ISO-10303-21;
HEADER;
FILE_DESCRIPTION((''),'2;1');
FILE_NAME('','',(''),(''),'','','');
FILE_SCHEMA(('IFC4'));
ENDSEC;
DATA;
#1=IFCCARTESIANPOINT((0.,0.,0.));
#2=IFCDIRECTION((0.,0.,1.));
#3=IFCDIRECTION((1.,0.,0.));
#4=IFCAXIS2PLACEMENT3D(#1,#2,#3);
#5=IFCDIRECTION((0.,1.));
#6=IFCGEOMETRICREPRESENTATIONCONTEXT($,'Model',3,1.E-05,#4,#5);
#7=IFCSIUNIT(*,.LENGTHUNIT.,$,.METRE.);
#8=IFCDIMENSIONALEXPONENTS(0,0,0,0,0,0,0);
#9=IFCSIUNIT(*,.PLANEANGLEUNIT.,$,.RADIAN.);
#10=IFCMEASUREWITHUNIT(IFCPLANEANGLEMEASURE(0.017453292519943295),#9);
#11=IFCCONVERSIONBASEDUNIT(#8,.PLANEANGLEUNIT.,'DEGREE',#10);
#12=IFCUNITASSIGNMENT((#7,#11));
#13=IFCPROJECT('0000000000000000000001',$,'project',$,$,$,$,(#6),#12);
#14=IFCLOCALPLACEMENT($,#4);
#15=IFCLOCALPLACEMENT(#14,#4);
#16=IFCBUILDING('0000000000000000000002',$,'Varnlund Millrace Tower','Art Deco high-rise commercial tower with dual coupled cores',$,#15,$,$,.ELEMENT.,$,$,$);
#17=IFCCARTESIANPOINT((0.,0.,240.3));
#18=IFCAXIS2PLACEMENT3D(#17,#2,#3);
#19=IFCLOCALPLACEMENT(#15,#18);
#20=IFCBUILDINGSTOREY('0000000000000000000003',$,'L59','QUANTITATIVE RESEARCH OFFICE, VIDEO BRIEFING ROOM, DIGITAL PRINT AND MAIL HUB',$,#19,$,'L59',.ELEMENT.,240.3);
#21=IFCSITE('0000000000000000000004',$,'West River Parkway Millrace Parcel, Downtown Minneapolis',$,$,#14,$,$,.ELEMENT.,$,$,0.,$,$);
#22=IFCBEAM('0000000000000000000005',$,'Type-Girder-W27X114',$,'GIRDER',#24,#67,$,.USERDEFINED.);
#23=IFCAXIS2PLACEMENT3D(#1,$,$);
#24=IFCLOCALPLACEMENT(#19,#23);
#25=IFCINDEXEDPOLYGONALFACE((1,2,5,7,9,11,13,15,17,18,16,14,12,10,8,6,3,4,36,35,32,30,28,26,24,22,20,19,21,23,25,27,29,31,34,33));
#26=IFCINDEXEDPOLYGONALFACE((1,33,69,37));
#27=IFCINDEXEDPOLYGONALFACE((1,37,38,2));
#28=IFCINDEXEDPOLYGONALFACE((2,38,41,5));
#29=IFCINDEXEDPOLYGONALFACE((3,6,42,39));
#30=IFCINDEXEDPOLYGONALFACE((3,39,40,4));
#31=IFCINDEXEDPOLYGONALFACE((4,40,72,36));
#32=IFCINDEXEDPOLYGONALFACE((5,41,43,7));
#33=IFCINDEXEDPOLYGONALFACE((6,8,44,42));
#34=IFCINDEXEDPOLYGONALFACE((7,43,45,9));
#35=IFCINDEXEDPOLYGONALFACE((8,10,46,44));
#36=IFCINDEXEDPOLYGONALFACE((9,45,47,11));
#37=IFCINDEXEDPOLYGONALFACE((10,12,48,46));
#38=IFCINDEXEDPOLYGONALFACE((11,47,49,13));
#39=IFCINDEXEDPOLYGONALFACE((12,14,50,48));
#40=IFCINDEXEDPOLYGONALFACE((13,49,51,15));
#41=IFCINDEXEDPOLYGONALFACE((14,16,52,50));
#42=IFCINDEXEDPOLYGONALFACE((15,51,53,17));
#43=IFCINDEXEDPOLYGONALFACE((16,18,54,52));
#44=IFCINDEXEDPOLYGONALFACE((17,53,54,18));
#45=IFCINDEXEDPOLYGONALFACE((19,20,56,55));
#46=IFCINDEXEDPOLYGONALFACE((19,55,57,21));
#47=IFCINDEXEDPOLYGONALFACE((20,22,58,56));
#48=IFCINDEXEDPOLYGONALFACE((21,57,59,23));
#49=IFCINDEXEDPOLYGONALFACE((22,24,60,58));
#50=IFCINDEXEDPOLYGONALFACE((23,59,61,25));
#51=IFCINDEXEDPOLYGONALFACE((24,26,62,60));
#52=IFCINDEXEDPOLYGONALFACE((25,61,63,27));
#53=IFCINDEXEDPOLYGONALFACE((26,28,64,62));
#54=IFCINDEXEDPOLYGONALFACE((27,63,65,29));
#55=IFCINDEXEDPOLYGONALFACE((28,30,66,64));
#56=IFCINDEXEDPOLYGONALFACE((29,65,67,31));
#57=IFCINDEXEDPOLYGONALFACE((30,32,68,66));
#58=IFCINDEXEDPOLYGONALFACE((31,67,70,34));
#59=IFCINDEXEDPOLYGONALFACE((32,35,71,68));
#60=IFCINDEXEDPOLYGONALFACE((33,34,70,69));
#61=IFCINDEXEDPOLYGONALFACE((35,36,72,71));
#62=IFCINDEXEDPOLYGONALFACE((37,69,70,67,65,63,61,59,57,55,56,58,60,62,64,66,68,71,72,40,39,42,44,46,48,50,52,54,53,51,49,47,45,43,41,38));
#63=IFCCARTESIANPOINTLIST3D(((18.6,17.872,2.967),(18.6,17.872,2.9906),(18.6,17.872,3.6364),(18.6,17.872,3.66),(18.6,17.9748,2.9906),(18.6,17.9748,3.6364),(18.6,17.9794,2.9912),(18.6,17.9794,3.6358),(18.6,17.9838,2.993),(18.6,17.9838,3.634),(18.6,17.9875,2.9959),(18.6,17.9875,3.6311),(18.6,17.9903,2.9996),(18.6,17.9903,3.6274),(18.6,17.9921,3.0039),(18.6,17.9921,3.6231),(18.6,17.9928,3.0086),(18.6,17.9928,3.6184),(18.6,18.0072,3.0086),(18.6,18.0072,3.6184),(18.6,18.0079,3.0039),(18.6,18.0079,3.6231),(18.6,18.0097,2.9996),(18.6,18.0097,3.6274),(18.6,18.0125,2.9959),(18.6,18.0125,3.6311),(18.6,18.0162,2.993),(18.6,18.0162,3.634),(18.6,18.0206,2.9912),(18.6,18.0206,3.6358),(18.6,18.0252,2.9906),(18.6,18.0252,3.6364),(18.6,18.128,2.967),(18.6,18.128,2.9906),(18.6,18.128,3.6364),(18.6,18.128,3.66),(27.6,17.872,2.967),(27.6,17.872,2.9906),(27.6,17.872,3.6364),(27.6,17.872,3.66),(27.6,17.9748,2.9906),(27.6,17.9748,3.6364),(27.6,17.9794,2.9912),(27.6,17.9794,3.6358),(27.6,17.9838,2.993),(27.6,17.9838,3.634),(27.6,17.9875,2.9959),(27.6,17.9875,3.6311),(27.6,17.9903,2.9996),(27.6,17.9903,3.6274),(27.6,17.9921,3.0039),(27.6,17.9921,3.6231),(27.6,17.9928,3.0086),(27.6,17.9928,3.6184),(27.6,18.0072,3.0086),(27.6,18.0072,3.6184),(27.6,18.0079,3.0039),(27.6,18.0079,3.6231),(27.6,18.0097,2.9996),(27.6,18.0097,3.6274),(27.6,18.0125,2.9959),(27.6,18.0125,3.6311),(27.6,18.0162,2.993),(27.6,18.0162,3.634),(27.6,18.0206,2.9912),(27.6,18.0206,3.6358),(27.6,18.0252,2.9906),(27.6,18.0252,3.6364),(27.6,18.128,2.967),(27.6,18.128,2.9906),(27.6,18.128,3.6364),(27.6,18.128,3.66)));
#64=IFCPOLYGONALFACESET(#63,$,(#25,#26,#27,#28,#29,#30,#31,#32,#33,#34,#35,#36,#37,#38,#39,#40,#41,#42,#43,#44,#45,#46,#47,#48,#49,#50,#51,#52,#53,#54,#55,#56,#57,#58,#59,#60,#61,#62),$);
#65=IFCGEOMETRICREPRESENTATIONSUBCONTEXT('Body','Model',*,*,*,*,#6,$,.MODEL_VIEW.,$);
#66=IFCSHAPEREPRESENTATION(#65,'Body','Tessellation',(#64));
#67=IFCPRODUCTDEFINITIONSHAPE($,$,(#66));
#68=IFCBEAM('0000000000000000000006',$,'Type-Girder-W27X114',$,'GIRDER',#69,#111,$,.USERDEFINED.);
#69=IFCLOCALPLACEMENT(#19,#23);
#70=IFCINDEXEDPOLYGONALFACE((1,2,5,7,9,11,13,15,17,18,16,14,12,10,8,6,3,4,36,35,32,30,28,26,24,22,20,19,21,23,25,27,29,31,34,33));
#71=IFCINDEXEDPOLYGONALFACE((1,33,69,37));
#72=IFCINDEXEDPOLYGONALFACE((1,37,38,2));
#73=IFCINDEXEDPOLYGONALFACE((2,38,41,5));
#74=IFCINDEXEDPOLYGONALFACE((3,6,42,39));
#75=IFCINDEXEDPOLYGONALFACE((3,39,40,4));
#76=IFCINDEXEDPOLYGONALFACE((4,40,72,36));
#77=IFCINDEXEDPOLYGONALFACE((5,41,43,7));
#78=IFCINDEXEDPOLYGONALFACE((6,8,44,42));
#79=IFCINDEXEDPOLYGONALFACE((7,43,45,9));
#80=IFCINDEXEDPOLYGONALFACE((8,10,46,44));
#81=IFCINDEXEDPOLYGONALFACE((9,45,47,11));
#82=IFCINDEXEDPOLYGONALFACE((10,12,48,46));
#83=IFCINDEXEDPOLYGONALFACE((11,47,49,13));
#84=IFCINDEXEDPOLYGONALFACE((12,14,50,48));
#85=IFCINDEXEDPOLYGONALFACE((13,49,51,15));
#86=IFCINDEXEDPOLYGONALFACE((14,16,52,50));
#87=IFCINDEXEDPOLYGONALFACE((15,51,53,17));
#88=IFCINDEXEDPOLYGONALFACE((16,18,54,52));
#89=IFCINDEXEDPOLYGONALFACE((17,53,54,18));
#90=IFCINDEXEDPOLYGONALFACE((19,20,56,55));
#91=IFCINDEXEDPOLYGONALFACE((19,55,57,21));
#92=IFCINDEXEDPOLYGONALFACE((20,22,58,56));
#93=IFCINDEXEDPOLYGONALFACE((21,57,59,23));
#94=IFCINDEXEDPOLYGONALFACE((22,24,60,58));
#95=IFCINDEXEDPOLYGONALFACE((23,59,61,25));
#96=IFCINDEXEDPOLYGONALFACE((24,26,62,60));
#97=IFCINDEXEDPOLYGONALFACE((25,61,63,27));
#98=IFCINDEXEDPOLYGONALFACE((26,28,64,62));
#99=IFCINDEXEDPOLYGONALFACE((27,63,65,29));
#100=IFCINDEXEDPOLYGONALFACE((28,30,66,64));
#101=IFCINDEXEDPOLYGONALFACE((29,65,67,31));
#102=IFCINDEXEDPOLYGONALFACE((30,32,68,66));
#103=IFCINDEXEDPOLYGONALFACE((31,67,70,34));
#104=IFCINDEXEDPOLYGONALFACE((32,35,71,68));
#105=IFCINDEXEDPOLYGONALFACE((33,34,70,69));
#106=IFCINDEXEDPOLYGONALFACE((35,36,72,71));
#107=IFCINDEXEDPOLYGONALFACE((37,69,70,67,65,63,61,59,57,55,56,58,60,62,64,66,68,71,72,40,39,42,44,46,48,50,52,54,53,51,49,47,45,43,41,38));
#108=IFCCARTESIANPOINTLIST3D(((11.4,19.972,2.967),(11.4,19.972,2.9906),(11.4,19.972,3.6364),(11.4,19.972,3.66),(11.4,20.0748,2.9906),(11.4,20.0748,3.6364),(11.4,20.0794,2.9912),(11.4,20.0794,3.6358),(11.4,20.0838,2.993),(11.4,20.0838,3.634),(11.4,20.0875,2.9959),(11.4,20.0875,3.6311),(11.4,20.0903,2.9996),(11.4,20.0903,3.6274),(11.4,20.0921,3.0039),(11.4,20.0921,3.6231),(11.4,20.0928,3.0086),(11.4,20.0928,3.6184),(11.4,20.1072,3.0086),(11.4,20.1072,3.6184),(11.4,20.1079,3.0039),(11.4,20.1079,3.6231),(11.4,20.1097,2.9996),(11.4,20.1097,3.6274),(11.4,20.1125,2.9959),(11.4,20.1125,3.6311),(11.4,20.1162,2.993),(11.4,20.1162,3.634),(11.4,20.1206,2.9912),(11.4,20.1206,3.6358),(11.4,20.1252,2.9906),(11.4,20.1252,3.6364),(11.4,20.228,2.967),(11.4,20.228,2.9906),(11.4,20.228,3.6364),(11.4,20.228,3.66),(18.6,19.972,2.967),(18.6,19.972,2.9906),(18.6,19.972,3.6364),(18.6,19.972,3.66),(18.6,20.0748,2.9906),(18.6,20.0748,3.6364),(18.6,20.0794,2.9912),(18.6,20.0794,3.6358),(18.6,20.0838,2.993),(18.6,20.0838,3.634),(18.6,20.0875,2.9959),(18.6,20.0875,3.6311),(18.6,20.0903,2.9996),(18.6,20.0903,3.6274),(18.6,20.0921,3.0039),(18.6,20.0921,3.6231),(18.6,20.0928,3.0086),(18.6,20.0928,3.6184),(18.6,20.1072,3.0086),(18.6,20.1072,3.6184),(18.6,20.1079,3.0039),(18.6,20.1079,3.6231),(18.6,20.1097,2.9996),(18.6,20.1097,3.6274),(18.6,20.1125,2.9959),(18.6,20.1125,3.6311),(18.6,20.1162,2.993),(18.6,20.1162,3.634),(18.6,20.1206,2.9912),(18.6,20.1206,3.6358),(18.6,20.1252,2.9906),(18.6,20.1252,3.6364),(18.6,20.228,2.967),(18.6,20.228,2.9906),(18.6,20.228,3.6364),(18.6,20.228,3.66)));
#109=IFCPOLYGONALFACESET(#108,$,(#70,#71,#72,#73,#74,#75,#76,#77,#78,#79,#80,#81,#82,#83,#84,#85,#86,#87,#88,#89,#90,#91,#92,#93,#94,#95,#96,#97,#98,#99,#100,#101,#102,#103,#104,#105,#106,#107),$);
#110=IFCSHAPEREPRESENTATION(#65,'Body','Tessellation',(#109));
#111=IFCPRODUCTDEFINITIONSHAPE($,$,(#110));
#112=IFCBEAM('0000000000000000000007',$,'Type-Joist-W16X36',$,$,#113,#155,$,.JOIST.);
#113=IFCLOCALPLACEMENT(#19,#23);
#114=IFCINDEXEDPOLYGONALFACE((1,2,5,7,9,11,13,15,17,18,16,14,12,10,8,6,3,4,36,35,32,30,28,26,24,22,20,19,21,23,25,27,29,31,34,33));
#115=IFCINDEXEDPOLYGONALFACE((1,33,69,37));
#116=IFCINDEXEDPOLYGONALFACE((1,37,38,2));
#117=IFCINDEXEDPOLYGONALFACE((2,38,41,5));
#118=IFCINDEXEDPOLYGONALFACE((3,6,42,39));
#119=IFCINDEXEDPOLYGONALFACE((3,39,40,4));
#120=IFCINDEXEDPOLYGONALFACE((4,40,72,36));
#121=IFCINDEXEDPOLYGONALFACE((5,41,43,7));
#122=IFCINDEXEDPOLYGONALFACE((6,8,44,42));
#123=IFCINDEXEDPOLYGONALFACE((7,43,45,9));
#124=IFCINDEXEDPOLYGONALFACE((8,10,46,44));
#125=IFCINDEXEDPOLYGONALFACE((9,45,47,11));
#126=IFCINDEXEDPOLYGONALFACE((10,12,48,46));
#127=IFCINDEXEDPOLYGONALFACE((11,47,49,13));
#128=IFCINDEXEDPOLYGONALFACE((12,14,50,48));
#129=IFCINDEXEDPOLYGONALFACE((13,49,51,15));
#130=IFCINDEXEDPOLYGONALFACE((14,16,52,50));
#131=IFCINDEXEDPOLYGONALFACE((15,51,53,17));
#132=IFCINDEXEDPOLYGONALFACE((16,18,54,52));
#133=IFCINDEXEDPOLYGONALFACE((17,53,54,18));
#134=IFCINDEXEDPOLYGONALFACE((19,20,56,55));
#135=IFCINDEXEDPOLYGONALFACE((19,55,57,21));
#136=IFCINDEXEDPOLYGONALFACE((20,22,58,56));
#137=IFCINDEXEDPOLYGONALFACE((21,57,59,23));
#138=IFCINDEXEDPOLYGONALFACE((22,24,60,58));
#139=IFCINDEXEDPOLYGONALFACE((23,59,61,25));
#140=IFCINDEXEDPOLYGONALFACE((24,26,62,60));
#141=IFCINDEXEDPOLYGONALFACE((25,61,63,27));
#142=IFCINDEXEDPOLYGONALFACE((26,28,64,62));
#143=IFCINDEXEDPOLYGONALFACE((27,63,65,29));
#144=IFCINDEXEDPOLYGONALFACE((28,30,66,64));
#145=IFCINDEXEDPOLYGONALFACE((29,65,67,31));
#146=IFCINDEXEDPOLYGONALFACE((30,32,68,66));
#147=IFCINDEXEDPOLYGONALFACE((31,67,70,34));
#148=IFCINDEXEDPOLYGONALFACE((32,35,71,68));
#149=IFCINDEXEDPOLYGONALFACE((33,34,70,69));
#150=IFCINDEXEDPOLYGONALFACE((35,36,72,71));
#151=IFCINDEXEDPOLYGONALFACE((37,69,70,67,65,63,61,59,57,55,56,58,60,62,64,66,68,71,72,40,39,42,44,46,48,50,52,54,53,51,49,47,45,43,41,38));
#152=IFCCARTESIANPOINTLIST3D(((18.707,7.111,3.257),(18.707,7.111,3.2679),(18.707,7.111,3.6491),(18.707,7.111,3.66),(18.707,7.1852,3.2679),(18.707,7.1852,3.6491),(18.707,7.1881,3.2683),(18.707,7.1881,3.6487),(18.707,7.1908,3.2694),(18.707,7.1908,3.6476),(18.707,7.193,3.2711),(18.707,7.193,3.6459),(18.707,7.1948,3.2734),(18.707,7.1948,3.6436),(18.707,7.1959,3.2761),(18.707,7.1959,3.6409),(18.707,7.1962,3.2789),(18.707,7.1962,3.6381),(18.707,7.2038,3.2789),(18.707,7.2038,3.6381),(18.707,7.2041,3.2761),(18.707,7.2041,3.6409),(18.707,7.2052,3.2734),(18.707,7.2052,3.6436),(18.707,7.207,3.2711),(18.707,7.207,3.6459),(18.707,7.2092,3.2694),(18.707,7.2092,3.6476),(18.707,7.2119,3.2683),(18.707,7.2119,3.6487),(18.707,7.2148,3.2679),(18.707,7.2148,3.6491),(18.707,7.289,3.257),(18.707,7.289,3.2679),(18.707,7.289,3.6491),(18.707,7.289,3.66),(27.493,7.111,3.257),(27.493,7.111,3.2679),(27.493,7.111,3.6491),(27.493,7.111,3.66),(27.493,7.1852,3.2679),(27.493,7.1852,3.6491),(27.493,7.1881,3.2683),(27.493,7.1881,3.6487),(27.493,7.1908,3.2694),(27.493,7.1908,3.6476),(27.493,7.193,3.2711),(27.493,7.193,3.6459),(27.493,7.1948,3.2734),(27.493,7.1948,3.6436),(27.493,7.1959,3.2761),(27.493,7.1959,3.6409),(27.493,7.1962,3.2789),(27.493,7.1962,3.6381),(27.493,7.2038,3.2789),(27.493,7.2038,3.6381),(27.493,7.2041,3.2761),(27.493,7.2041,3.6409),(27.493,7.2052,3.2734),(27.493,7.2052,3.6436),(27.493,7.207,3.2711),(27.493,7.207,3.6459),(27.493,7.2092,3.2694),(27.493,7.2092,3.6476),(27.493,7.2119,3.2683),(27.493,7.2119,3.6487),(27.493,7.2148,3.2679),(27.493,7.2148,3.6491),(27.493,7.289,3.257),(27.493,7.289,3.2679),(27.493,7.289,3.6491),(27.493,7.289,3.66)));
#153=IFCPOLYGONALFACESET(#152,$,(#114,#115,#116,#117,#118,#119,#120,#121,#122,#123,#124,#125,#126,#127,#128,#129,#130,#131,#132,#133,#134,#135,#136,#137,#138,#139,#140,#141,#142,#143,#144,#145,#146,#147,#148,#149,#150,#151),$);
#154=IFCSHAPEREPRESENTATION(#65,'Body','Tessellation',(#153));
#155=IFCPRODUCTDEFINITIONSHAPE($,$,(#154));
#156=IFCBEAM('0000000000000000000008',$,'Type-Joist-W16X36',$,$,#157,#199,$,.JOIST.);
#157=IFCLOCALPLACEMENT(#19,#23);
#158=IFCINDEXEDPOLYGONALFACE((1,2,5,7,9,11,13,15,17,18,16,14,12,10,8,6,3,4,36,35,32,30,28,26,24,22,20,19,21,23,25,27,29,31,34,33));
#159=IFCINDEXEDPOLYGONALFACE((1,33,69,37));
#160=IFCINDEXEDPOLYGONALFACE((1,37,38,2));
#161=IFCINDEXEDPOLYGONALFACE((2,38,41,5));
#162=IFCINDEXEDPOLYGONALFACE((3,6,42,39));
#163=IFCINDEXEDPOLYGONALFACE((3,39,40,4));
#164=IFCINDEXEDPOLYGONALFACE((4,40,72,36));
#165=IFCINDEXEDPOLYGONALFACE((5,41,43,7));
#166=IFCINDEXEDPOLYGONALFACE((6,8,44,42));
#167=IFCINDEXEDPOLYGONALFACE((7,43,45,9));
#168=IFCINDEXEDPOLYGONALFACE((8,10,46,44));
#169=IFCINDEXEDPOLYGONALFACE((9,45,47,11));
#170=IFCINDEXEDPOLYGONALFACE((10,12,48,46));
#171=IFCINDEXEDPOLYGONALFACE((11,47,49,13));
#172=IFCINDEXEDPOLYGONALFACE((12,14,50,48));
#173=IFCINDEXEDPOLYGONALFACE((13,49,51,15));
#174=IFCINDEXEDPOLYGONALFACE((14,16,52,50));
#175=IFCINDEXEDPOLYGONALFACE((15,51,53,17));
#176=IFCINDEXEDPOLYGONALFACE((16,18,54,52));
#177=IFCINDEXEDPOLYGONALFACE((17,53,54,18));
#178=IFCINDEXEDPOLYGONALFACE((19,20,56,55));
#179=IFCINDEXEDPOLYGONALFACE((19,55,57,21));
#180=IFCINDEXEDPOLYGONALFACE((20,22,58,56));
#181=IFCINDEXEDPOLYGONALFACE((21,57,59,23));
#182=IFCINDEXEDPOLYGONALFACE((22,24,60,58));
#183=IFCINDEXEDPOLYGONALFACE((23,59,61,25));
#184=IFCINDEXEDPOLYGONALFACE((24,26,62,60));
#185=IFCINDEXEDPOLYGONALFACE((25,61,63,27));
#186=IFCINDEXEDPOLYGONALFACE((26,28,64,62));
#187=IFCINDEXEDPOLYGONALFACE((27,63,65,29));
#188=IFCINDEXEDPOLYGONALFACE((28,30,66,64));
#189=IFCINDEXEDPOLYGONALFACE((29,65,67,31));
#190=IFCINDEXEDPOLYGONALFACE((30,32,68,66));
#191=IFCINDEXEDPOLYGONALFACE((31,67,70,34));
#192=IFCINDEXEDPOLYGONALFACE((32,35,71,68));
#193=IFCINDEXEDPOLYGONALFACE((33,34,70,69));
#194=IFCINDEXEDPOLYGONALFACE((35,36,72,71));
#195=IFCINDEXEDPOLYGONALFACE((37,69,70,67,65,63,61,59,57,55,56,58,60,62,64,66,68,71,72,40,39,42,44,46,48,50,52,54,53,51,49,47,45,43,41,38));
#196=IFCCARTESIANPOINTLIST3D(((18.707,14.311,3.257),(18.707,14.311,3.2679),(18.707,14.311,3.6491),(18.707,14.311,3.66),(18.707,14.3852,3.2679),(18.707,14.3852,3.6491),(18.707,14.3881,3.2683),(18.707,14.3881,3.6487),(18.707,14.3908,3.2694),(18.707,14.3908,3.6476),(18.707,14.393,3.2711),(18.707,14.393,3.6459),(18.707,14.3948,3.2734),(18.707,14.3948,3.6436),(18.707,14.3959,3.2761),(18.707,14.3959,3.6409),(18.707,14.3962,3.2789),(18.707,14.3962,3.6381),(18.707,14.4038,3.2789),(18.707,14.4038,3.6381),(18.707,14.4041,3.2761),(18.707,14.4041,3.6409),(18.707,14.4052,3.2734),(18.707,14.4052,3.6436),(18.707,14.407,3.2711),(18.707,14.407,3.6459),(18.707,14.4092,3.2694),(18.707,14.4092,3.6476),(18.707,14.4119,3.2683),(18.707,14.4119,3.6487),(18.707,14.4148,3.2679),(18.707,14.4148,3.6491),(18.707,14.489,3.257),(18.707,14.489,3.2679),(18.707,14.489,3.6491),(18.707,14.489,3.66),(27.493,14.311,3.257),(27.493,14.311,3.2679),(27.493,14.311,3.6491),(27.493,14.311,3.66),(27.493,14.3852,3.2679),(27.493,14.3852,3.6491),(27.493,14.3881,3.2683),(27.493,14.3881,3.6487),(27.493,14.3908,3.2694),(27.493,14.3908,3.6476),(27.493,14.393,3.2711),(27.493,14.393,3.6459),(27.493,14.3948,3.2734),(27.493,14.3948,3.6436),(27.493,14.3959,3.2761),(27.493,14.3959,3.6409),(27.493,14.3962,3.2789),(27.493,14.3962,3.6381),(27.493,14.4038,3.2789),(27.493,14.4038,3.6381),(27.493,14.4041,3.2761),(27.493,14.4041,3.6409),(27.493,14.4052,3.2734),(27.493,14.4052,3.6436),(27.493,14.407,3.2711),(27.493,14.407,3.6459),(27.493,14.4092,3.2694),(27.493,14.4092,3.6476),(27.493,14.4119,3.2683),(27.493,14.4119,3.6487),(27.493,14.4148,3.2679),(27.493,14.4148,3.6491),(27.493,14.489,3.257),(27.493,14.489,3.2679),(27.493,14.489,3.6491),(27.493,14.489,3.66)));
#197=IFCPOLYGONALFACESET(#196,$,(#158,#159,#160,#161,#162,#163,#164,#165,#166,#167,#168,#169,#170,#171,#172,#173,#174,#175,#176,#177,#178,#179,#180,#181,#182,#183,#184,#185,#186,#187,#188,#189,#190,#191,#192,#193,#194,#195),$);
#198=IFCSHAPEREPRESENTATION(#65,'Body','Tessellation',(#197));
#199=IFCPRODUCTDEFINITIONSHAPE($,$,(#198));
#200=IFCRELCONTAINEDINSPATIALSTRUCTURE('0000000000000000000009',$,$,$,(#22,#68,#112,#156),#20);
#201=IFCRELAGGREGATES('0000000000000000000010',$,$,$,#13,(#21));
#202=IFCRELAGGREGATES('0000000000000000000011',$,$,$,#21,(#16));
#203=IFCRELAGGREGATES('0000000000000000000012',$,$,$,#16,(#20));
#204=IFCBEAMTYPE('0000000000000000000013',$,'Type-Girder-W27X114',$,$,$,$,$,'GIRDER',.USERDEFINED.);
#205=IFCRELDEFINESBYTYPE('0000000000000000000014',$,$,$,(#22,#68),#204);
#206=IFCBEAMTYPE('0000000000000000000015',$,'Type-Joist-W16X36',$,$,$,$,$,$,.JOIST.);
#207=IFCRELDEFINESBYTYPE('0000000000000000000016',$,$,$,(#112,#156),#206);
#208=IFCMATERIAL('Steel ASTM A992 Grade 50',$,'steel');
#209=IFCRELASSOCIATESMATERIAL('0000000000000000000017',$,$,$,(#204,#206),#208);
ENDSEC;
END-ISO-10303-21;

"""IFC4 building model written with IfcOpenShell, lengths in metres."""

from ifc_helpers import new_model, entity, si_unit, converted_unit, direction, frame, origin_with_axes, origin_2d_with_axis, place, context, subcontext, project, spatial, i_section, extrude, material, material_profile, profile_set, type_object, element, save


model = new_model("IFC4")

# Units and contexts
model_context = context("Model", 3, precision=1e-05, world=origin_with_axes(), true_north=direction((0.0, 1.0)))
body_context = subcontext(model_context, "Body", "Model", "MODEL_VIEW")
ifc_project = project(units=[si_unit("LENGTHUNIT", "METRE"), converted_unit("PLANEANGLEUNIT", "DEGREE", entity("IfcPlaneAngleMeasure", 0.017453292519943295), si_unit("PLANEANGLEUNIT", "RADIAN"), dimensions=[0, 0, 0, 0, 0, 0, 0])], contexts=[model_context])

# Site, building, storey
site_placement = place(None, origin_with_axes())
site = spatial("IfcSite", under=ifc_project, at=site_placement, Name="West River Parkway Millrace Parcel, Downtown Minneapolis", CompositionType="ELEMENT", RefElevation=0.0)
building_placement = place(site_placement, origin_with_axes())
building = spatial("IfcBuilding", under=site, at=building_placement, Name="Varnlund Millrace Tower", Description="Art Deco high-rise commercial tower with dual coupled cores", CompositionType="ELEMENT")
storey_placement = place(building_placement, frame((0.0, 0.0, 240.3), z_axis=(0.0, 0.0, 1.0), x_axis=(1.0, 0.0, 0.0)))
storey = spatial("IfcBuildingStorey", under=building, at=storey_placement, Name="L59", Description="QUANTITATIVE RESEARCH OFFICE, VIDEO BRIEFING ROOM, DIGITAL PRINT AND MAIL HUB", LongName="L59", CompositionType="ELEMENT", Elevation=240.3)

# Beams
ifc_material_1 = material(Name="Steel ASTM A992 Grade 50", Category="steel")
ifc_material_profile_1 = material_profile(ifc_material_1, i_section(OverallWidth=0.256, OverallDepth=0.693, WebThickness=0.0145, FlangeThickness=0.0236, FilletRadius=0.018, at=origin_2d_with_axis()), Name="Steel ASTM A992 Grade 50")
ifc_profile_set_1 = profile_set([ifc_material_profile_1], Name="Steel ASTM A992 Grade 50")
beam_type_1 = type_object("IfcBeamType", Name="Type-Girder-W27X114", ElementType="GIRDER", PredefinedType="USERDEFINED", material=ifc_profile_set_1)
for number, where, z_axis, x_axis, name in (
    (1, (18.6, 18.0, 3.3135), (1.0, 0.0, 0.0), (0.0, 1.0, 0.0), "Type-Girder-W27X114"),
):
    element("IfcBeam", number, at=place(storey_placement, frame(where, z_axis=z_axis, x_axis=x_axis)), inside=storey, type_object=beam_type_1, Name=name, ObjectType="GIRDER", PredefinedType="USERDEFINED", context=body_context, shape_type="SweptSolid", body=[
        extrude(i_section(OverallWidth=0.256, OverallDepth=0.693, WebThickness=0.0145, FlangeThickness=0.0236, FilletRadius=0.018, at=origin_2d_with_axis()), origin_with_axes(), (0.0, 0.0, 1.0), 9.0),
    ])
beam_1_placement = place(storey_placement, frame((11.4, 20.1, 3.3135), z_axis=(1.0, 0.0, 0.0), x_axis=(0.0, 1.0, 0.0)))
element("IfcBeam", 2, at=beam_1_placement, inside=storey, type_object=beam_type_1, Name="Type-Girder-W27X114", ObjectType="GIRDER", PredefinedType="USERDEFINED", context=body_context, shape_type="SweptSolid", body=[
    extrude(i_section(OverallWidth=0.256, OverallDepth=0.693, WebThickness=0.0145, FlangeThickness=0.0236, FilletRadius=0.018, at=origin_2d_with_axis()), origin_with_axes(), (0.0, 0.0, 1.0), 7.2),
])
ifc_material_profile_2 = material_profile(ifc_material_1, i_section(OverallWidth=0.178, OverallDepth=0.403, WebThickness=0.0075, FlangeThickness=0.0109, FilletRadius=0.011, at=origin_2d_with_axis()), Name="Steel ASTM A992 Grade 50")
ifc_profile_set_2 = profile_set([ifc_material_profile_2], Name="Steel ASTM A992 Grade 50")
beam_type_2 = type_object("IfcBeamType", Name="Type-Joist-W16X36", PredefinedType="JOIST", material=ifc_profile_set_2)
for number, where, z_axis, x_axis, name in (
    (3, (18.707, 7.2, 3.4585), (1.0, 0.0, 0.0), (0.0, 1.0, 0.0), "Type-Joist-W16X36"),
    (4, (18.707, 14.4, 3.4585), (1.0, 0.0, 0.0), (0.0, 1.0, 0.0), "Type-Joist-W16X36"),
):
    element("IfcBeam", number, at=place(storey_placement, frame(where, z_axis=z_axis, x_axis=x_axis)), inside=storey, type_object=beam_type_2, Name=name, PredefinedType="JOIST", context=body_context, shape_type="SweptSolid", body=[
        extrude(i_section(OverallWidth=0.178, OverallDepth=0.403, WebThickness=0.0075, FlangeThickness=0.0109, FilletRadius=0.011, at=origin_2d_with_axis()), origin_with_axes(), (0.0, 0.0, 1.0), 8.786),
    ])

save(model, "model.ifc")
